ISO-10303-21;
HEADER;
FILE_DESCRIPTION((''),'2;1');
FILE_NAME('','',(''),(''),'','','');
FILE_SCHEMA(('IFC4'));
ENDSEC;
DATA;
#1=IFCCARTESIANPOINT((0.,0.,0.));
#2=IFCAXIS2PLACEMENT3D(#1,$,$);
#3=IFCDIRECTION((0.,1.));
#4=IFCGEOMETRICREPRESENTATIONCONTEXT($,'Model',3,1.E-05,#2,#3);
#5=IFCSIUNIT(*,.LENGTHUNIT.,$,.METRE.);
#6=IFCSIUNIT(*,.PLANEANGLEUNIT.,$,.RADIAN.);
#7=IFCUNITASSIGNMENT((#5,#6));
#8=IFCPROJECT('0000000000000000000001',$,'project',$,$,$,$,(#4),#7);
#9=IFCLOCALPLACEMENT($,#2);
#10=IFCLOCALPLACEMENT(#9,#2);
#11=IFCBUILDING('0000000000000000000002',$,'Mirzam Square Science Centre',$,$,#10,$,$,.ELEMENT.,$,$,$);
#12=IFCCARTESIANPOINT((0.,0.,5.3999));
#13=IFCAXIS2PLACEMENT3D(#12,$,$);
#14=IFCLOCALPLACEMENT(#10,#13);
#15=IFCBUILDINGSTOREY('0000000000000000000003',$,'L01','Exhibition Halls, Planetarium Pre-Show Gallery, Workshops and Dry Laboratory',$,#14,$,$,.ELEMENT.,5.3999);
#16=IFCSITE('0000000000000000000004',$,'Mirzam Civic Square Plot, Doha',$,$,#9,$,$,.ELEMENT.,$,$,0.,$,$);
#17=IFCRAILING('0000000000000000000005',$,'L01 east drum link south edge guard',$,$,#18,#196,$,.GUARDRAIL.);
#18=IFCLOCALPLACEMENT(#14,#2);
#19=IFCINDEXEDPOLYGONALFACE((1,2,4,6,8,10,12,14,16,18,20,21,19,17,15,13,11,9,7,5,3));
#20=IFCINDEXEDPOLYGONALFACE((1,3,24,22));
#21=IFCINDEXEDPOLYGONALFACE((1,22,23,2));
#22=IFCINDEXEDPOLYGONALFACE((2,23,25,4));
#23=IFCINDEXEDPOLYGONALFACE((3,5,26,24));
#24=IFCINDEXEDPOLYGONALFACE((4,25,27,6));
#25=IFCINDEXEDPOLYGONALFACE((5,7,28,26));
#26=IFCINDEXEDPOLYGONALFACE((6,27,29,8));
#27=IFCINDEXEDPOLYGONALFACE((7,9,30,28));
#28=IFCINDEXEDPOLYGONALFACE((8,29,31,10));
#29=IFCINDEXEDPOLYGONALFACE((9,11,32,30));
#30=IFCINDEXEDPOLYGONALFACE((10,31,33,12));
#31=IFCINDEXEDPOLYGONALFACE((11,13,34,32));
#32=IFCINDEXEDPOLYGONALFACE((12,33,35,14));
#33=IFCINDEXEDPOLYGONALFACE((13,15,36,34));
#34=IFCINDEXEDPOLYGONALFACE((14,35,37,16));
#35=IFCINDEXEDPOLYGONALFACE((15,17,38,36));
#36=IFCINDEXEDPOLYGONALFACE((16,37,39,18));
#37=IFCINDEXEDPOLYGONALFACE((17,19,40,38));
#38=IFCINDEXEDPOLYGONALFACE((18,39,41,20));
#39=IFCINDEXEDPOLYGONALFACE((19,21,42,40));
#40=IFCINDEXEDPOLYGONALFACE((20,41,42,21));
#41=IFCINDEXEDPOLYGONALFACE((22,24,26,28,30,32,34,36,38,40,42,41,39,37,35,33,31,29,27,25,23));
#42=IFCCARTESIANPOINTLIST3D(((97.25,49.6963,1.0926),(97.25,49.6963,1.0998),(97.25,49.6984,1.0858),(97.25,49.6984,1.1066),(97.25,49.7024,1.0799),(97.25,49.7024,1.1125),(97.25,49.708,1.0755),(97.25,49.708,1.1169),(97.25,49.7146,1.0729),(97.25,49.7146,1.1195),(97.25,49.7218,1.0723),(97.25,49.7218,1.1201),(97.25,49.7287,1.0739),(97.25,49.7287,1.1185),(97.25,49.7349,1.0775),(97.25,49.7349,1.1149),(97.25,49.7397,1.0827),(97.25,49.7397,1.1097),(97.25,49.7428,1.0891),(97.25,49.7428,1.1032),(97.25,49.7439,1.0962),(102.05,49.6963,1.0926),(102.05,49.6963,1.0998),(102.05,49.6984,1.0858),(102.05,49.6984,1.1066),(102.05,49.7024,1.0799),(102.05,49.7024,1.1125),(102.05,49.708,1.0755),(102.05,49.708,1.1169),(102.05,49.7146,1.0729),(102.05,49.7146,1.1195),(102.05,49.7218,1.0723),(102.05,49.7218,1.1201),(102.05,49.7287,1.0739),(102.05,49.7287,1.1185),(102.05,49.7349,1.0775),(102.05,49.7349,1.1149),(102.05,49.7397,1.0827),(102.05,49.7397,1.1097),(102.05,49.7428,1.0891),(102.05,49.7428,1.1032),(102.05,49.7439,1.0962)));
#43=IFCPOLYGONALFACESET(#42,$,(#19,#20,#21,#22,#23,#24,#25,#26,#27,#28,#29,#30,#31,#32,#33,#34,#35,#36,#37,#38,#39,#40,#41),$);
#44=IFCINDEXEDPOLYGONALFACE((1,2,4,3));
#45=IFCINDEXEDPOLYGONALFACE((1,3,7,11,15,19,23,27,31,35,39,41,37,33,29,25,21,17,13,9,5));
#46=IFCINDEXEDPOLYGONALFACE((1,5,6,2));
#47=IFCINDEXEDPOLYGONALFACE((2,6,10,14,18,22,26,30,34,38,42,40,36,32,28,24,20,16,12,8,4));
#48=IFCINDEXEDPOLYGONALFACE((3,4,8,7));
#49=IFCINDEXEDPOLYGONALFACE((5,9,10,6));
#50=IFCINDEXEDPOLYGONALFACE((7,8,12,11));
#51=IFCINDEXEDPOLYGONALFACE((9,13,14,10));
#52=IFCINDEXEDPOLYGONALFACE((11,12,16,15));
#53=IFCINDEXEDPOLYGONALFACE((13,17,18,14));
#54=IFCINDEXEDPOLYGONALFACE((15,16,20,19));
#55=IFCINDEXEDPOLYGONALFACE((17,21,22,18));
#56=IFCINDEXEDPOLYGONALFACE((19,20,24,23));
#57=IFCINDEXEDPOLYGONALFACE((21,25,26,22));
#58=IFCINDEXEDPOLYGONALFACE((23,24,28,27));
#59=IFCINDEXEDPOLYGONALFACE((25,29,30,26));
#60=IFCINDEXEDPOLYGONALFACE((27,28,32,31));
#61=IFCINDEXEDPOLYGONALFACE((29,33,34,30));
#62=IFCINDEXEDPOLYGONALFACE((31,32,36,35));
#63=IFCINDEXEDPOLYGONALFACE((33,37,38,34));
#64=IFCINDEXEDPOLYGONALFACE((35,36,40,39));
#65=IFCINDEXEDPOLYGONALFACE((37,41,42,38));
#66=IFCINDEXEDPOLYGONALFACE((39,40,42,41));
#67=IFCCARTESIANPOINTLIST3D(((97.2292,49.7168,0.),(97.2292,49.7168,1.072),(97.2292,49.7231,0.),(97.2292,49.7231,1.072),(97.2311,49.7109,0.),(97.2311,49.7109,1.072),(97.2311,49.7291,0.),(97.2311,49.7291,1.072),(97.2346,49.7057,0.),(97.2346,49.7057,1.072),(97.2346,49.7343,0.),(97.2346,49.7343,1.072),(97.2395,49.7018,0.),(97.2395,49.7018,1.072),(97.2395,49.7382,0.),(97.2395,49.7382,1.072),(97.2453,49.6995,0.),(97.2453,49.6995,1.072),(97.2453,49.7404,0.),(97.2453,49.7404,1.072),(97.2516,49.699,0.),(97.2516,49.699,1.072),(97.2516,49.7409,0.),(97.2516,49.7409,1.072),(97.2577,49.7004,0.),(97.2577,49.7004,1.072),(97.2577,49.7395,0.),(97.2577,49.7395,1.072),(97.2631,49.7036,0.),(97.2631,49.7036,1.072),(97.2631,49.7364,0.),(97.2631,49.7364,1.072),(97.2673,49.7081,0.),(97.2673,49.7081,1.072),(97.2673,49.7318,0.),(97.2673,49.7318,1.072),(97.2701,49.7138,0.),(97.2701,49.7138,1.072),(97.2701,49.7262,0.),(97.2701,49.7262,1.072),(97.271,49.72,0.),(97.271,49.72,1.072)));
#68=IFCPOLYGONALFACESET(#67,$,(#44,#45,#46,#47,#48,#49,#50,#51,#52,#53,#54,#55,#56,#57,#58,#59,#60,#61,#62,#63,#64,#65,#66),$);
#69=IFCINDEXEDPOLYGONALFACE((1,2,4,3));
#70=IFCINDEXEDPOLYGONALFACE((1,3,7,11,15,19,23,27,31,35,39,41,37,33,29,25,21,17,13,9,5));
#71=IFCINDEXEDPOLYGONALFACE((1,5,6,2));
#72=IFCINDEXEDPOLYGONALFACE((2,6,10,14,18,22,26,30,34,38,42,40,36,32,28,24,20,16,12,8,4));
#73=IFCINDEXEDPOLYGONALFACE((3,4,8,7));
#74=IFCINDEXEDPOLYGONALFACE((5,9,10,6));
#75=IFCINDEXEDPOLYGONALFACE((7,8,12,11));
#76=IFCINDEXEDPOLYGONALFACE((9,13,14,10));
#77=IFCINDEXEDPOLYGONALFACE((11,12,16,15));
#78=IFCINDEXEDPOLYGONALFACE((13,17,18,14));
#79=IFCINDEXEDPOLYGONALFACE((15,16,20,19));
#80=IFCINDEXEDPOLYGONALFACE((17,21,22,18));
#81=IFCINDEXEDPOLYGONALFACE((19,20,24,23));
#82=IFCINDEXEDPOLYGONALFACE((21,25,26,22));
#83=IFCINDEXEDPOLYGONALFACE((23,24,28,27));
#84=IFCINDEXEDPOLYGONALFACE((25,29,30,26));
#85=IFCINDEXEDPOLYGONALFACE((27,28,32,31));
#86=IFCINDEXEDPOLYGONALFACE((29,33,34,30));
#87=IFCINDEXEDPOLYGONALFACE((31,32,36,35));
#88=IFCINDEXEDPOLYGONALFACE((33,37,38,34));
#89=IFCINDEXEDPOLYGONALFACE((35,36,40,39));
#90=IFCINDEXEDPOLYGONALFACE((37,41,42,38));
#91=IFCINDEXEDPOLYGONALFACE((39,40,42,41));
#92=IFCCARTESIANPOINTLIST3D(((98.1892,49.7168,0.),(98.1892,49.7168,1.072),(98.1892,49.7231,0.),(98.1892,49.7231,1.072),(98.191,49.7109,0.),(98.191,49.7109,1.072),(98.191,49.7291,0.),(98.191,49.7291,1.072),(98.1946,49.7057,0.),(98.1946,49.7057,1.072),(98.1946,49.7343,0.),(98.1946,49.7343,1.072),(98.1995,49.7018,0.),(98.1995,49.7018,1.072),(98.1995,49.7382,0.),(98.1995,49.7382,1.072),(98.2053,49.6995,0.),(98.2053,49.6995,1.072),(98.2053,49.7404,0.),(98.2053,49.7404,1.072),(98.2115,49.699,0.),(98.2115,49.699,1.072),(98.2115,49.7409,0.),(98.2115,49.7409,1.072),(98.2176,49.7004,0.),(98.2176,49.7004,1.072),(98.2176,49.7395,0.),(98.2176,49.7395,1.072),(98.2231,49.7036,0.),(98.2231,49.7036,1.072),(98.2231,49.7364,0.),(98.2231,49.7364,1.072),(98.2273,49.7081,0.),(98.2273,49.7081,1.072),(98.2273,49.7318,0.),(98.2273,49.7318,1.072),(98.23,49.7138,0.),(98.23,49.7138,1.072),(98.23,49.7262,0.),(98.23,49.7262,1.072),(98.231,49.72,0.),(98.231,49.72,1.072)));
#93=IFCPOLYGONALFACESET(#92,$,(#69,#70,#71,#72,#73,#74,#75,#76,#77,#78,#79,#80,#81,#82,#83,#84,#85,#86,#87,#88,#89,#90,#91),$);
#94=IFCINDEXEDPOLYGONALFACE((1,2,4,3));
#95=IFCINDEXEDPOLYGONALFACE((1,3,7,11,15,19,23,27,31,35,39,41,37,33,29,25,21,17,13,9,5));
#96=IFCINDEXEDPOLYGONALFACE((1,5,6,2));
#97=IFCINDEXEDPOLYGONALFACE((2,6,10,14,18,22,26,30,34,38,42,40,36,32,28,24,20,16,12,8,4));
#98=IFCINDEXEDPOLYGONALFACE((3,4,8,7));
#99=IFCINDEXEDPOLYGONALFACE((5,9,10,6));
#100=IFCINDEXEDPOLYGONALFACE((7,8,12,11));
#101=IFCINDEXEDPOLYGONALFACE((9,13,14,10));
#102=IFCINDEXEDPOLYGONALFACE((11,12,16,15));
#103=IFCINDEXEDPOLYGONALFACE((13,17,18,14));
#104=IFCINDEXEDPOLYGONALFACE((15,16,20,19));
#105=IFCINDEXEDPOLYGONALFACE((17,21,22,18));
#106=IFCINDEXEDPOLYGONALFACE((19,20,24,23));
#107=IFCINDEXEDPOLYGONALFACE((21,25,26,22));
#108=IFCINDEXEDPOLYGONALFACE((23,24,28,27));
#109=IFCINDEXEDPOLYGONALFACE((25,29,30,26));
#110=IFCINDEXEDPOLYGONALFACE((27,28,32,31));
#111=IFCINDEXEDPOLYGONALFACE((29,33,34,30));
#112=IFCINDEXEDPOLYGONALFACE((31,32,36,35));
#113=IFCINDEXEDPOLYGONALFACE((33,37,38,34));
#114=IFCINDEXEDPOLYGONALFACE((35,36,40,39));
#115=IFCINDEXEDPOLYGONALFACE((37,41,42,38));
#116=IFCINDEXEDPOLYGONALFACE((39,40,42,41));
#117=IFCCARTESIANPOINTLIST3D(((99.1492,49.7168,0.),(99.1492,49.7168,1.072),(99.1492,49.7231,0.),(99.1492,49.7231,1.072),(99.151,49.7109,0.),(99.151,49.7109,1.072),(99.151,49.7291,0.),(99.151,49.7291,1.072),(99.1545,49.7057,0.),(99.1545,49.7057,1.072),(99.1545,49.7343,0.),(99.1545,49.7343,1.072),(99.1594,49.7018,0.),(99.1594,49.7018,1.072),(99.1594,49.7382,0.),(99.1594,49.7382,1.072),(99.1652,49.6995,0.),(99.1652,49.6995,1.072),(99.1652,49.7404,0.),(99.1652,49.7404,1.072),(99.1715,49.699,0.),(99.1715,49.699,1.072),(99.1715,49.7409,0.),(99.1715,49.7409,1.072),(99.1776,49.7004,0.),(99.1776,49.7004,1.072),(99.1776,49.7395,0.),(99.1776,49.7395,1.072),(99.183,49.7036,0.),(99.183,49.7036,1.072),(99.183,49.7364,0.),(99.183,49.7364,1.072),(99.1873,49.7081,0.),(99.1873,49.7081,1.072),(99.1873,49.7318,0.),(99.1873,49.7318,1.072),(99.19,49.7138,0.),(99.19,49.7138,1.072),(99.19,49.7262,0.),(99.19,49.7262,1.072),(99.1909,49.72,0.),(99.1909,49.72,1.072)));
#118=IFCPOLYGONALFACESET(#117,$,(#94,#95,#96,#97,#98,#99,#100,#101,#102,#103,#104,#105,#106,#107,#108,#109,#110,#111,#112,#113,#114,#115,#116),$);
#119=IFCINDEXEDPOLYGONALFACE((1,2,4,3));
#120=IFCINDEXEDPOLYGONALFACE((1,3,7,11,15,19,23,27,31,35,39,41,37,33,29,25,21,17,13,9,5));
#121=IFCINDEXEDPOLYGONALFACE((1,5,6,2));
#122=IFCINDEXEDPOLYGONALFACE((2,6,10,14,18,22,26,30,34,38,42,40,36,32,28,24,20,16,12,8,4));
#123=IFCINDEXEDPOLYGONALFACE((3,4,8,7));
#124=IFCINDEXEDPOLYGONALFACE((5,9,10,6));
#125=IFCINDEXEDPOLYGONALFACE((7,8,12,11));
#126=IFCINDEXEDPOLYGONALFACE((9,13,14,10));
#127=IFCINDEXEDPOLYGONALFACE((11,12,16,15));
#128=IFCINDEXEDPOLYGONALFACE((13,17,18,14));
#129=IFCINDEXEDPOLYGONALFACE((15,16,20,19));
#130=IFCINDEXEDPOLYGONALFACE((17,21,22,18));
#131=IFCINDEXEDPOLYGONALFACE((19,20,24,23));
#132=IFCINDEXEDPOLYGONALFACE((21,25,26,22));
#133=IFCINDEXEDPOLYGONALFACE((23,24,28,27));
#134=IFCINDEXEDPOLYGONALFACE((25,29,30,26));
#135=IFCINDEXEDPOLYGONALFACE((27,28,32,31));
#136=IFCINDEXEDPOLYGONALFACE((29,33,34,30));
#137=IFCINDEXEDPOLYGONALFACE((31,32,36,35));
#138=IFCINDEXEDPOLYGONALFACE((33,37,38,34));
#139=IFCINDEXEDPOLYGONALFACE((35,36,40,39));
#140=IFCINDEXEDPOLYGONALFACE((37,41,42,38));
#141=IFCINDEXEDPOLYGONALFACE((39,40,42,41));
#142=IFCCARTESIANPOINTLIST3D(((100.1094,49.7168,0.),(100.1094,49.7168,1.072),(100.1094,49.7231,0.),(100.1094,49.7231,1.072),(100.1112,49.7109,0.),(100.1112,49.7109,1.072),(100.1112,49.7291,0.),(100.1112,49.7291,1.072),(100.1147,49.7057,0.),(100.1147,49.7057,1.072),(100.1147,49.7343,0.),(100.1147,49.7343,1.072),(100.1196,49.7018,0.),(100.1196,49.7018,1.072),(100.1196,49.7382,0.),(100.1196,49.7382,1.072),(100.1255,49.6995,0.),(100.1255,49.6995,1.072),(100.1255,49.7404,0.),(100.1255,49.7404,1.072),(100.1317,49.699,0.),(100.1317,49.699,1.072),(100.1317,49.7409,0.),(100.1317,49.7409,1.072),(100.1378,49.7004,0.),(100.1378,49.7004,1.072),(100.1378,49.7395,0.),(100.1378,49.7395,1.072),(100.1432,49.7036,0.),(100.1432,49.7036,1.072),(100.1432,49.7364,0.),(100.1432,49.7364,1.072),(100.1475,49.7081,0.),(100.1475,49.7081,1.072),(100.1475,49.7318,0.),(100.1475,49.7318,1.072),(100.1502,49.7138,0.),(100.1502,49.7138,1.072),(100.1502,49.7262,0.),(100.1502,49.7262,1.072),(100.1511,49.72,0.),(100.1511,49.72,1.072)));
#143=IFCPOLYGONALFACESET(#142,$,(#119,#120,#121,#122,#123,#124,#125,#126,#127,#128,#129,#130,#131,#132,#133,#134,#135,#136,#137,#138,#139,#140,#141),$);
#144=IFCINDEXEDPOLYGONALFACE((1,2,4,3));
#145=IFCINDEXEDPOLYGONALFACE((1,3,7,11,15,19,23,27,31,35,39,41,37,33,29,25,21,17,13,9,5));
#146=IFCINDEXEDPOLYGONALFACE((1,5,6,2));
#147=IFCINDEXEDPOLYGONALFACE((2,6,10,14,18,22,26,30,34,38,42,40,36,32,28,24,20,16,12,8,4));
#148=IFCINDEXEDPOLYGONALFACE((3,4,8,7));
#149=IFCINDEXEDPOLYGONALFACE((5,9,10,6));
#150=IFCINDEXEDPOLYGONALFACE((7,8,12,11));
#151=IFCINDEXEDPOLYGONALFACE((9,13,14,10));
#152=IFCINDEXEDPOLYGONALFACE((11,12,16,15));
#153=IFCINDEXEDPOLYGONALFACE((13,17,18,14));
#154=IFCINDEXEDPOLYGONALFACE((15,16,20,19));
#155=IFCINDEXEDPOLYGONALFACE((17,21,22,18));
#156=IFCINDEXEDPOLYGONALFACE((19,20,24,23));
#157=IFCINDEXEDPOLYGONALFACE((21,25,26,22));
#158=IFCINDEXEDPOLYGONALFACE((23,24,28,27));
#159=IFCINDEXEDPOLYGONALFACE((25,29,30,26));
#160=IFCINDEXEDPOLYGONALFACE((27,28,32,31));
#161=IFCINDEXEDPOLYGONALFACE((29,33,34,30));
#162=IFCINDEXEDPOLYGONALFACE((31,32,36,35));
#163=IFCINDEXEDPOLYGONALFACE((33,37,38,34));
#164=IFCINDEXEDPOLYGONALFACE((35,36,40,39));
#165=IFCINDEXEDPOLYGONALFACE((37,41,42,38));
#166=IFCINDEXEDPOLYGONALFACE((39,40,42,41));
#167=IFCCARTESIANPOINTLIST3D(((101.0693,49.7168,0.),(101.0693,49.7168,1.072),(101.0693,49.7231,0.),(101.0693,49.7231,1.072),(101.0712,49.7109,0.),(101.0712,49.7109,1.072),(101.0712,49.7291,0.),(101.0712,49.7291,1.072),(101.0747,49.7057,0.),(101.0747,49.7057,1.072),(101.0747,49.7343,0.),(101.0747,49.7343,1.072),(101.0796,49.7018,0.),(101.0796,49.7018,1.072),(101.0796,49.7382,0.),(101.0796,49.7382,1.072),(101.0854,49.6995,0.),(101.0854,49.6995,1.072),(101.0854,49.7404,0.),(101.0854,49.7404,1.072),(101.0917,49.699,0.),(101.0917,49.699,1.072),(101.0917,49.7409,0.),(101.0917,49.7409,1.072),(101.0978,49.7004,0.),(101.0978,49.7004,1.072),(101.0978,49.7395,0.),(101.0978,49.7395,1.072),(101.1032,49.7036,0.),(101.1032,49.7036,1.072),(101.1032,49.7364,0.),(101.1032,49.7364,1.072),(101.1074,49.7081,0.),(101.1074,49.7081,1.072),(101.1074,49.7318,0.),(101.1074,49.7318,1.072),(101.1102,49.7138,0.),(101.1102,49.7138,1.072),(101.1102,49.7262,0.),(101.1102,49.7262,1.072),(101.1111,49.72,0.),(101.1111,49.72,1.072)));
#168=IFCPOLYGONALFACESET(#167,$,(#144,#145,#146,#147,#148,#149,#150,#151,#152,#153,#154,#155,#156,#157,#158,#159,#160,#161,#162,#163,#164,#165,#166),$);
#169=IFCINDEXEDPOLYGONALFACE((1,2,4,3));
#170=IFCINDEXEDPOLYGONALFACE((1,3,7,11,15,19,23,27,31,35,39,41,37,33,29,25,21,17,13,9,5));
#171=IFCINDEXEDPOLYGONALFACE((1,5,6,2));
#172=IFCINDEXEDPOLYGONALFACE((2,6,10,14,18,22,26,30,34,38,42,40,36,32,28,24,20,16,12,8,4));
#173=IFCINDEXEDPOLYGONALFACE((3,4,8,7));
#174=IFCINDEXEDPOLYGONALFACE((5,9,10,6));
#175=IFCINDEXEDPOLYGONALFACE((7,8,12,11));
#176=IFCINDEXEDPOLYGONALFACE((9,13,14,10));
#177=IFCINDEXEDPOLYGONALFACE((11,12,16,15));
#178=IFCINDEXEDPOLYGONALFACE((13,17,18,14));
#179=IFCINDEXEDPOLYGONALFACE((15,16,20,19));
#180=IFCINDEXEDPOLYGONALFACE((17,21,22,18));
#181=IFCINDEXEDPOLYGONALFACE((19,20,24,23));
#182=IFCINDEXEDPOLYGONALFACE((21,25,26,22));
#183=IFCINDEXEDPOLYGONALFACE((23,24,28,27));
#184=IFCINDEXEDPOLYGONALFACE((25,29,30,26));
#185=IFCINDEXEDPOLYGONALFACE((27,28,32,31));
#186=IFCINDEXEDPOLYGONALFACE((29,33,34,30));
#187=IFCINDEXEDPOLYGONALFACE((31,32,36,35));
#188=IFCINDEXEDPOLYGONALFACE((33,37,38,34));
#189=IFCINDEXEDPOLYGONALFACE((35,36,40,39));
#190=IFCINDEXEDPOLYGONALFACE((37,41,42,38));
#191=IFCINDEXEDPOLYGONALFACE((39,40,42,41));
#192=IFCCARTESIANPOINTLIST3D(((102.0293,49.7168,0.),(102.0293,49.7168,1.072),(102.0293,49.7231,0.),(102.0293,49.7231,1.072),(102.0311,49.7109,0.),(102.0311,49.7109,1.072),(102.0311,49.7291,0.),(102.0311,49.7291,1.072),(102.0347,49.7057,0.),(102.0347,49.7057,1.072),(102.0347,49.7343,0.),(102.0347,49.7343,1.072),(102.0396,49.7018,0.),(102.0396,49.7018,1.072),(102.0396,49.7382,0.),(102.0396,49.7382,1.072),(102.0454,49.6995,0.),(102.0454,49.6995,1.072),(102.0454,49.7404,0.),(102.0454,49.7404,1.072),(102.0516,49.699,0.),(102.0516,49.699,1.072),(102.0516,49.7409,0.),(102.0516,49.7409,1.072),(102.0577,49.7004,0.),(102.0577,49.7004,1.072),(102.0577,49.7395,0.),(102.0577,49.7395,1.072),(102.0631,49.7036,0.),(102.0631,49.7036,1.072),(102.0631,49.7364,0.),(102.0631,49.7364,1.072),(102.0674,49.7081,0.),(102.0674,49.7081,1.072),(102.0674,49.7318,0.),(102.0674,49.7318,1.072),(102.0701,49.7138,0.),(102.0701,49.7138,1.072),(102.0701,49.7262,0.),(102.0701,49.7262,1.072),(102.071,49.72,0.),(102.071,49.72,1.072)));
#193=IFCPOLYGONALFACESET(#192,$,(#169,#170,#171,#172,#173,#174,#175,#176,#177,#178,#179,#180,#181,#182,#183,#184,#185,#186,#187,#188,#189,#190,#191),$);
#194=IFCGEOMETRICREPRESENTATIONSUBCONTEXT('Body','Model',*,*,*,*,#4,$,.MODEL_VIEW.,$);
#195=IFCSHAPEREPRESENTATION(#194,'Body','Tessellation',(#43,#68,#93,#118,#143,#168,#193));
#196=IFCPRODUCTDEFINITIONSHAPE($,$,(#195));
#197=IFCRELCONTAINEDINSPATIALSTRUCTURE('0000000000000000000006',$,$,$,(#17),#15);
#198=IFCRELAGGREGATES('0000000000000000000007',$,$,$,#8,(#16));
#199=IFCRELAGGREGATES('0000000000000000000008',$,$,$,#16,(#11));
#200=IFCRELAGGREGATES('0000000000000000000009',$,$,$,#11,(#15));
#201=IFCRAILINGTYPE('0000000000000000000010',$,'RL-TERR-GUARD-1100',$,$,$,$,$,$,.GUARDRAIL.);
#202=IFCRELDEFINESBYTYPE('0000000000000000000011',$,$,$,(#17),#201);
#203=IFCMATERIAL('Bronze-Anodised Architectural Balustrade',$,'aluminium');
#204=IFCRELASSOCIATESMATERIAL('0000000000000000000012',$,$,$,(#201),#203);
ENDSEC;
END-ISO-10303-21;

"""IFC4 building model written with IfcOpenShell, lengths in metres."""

from ifc_helpers import new_model, si_unit, direction, frame, origin, origin_2d, place, context, subcontext, project, spatial, circle, extrude, material, type_object, element, save


model = new_model("IFC4")

# Units and contexts
model_context = context("Model", 3, precision=1e-05, world=origin(), true_north=direction((0.0, 1.0)))
body_context = subcontext(model_context, "Body", "Model", "MODEL_VIEW")
ifc_project = project(units=[si_unit("LENGTHUNIT", "METRE"), si_unit("PLANEANGLEUNIT", "RADIAN")], contexts=[model_context])

# Site, building, storey
site_placement = place(None, origin())
site = spatial("IfcSite", under=ifc_project, at=site_placement, Name="Mirzam Civic Square Plot, Doha", CompositionType="ELEMENT", RefElevation=0.0)
building_placement = place(site_placement, origin())
building = spatial("IfcBuilding", under=site, at=building_placement, Name="Mirzam Square Science Centre", CompositionType="ELEMENT")
storey_placement = place(building_placement, frame((0.0, 0.0, 5.3999)))
storey = spatial("IfcBuildingStorey", under=building, at=storey_placement, Name="L01", Description="Exhibition Halls, Planetarium Pre-Show Gallery, Workshops and Dry Laboratory", CompositionType="ELEMENT", Elevation=5.3999)

# Railing
ifc_material_1 = material(Name="Bronze-Anodised Architectural Balustrade", Category="aluminium")
railing_type = type_object("IfcRailingType", Name="RL-TERR-GUARD-1100", PredefinedType="GUARDRAIL", material=ifc_material_1)
railing_placement = place(storey_placement, frame((97.25, 49.72, 0.0)))
element("IfcRailing", 1, at=railing_placement, inside=storey, type_object=railing_type, Name="L01 east drum link south edge guard", PredefinedType="GUARDRAIL", context=body_context, shape_type="SweptSolid", body=[
    extrude(circle(Radius=0.0239, at=origin_2d()), frame((0.0, 0.0, 1.0962), z_axis=(1.0, 0.0, 0.0), x_axis=(0.0, 1.0, 0.0)), (0.0, 0.0, 1.0), 4.8),
    extrude(circle(Radius=0.021, at=origin_2d()), origin(), (0.0, 0.0, 1.0), 1.072),
    extrude(circle(Radius=0.021, at=origin_2d()), frame((0.96, 0.0, 0.0)), (0.0, 0.0, 1.0), 1.072),
    extrude(circle(Radius=0.021, at=origin_2d()), frame((1.9199, 0.0, 0.0)), (0.0, 0.0, 1.0), 1.072),
    extrude(circle(Radius=0.021, at=origin_2d()), frame((2.8801, 0.0, 0.0)), (0.0, 0.0, 1.0), 1.072),
    extrude(circle(Radius=0.021, at=origin_2d()), frame((3.8401, 0.0, 0.0)), (0.0, 0.0, 1.0), 1.072),
    extrude(circle(Radius=0.021, at=origin_2d()), frame((4.8, 0.0, 0.0)), (0.0, 0.0, 1.0), 1.072),
])

save(model, "model.ifc")
